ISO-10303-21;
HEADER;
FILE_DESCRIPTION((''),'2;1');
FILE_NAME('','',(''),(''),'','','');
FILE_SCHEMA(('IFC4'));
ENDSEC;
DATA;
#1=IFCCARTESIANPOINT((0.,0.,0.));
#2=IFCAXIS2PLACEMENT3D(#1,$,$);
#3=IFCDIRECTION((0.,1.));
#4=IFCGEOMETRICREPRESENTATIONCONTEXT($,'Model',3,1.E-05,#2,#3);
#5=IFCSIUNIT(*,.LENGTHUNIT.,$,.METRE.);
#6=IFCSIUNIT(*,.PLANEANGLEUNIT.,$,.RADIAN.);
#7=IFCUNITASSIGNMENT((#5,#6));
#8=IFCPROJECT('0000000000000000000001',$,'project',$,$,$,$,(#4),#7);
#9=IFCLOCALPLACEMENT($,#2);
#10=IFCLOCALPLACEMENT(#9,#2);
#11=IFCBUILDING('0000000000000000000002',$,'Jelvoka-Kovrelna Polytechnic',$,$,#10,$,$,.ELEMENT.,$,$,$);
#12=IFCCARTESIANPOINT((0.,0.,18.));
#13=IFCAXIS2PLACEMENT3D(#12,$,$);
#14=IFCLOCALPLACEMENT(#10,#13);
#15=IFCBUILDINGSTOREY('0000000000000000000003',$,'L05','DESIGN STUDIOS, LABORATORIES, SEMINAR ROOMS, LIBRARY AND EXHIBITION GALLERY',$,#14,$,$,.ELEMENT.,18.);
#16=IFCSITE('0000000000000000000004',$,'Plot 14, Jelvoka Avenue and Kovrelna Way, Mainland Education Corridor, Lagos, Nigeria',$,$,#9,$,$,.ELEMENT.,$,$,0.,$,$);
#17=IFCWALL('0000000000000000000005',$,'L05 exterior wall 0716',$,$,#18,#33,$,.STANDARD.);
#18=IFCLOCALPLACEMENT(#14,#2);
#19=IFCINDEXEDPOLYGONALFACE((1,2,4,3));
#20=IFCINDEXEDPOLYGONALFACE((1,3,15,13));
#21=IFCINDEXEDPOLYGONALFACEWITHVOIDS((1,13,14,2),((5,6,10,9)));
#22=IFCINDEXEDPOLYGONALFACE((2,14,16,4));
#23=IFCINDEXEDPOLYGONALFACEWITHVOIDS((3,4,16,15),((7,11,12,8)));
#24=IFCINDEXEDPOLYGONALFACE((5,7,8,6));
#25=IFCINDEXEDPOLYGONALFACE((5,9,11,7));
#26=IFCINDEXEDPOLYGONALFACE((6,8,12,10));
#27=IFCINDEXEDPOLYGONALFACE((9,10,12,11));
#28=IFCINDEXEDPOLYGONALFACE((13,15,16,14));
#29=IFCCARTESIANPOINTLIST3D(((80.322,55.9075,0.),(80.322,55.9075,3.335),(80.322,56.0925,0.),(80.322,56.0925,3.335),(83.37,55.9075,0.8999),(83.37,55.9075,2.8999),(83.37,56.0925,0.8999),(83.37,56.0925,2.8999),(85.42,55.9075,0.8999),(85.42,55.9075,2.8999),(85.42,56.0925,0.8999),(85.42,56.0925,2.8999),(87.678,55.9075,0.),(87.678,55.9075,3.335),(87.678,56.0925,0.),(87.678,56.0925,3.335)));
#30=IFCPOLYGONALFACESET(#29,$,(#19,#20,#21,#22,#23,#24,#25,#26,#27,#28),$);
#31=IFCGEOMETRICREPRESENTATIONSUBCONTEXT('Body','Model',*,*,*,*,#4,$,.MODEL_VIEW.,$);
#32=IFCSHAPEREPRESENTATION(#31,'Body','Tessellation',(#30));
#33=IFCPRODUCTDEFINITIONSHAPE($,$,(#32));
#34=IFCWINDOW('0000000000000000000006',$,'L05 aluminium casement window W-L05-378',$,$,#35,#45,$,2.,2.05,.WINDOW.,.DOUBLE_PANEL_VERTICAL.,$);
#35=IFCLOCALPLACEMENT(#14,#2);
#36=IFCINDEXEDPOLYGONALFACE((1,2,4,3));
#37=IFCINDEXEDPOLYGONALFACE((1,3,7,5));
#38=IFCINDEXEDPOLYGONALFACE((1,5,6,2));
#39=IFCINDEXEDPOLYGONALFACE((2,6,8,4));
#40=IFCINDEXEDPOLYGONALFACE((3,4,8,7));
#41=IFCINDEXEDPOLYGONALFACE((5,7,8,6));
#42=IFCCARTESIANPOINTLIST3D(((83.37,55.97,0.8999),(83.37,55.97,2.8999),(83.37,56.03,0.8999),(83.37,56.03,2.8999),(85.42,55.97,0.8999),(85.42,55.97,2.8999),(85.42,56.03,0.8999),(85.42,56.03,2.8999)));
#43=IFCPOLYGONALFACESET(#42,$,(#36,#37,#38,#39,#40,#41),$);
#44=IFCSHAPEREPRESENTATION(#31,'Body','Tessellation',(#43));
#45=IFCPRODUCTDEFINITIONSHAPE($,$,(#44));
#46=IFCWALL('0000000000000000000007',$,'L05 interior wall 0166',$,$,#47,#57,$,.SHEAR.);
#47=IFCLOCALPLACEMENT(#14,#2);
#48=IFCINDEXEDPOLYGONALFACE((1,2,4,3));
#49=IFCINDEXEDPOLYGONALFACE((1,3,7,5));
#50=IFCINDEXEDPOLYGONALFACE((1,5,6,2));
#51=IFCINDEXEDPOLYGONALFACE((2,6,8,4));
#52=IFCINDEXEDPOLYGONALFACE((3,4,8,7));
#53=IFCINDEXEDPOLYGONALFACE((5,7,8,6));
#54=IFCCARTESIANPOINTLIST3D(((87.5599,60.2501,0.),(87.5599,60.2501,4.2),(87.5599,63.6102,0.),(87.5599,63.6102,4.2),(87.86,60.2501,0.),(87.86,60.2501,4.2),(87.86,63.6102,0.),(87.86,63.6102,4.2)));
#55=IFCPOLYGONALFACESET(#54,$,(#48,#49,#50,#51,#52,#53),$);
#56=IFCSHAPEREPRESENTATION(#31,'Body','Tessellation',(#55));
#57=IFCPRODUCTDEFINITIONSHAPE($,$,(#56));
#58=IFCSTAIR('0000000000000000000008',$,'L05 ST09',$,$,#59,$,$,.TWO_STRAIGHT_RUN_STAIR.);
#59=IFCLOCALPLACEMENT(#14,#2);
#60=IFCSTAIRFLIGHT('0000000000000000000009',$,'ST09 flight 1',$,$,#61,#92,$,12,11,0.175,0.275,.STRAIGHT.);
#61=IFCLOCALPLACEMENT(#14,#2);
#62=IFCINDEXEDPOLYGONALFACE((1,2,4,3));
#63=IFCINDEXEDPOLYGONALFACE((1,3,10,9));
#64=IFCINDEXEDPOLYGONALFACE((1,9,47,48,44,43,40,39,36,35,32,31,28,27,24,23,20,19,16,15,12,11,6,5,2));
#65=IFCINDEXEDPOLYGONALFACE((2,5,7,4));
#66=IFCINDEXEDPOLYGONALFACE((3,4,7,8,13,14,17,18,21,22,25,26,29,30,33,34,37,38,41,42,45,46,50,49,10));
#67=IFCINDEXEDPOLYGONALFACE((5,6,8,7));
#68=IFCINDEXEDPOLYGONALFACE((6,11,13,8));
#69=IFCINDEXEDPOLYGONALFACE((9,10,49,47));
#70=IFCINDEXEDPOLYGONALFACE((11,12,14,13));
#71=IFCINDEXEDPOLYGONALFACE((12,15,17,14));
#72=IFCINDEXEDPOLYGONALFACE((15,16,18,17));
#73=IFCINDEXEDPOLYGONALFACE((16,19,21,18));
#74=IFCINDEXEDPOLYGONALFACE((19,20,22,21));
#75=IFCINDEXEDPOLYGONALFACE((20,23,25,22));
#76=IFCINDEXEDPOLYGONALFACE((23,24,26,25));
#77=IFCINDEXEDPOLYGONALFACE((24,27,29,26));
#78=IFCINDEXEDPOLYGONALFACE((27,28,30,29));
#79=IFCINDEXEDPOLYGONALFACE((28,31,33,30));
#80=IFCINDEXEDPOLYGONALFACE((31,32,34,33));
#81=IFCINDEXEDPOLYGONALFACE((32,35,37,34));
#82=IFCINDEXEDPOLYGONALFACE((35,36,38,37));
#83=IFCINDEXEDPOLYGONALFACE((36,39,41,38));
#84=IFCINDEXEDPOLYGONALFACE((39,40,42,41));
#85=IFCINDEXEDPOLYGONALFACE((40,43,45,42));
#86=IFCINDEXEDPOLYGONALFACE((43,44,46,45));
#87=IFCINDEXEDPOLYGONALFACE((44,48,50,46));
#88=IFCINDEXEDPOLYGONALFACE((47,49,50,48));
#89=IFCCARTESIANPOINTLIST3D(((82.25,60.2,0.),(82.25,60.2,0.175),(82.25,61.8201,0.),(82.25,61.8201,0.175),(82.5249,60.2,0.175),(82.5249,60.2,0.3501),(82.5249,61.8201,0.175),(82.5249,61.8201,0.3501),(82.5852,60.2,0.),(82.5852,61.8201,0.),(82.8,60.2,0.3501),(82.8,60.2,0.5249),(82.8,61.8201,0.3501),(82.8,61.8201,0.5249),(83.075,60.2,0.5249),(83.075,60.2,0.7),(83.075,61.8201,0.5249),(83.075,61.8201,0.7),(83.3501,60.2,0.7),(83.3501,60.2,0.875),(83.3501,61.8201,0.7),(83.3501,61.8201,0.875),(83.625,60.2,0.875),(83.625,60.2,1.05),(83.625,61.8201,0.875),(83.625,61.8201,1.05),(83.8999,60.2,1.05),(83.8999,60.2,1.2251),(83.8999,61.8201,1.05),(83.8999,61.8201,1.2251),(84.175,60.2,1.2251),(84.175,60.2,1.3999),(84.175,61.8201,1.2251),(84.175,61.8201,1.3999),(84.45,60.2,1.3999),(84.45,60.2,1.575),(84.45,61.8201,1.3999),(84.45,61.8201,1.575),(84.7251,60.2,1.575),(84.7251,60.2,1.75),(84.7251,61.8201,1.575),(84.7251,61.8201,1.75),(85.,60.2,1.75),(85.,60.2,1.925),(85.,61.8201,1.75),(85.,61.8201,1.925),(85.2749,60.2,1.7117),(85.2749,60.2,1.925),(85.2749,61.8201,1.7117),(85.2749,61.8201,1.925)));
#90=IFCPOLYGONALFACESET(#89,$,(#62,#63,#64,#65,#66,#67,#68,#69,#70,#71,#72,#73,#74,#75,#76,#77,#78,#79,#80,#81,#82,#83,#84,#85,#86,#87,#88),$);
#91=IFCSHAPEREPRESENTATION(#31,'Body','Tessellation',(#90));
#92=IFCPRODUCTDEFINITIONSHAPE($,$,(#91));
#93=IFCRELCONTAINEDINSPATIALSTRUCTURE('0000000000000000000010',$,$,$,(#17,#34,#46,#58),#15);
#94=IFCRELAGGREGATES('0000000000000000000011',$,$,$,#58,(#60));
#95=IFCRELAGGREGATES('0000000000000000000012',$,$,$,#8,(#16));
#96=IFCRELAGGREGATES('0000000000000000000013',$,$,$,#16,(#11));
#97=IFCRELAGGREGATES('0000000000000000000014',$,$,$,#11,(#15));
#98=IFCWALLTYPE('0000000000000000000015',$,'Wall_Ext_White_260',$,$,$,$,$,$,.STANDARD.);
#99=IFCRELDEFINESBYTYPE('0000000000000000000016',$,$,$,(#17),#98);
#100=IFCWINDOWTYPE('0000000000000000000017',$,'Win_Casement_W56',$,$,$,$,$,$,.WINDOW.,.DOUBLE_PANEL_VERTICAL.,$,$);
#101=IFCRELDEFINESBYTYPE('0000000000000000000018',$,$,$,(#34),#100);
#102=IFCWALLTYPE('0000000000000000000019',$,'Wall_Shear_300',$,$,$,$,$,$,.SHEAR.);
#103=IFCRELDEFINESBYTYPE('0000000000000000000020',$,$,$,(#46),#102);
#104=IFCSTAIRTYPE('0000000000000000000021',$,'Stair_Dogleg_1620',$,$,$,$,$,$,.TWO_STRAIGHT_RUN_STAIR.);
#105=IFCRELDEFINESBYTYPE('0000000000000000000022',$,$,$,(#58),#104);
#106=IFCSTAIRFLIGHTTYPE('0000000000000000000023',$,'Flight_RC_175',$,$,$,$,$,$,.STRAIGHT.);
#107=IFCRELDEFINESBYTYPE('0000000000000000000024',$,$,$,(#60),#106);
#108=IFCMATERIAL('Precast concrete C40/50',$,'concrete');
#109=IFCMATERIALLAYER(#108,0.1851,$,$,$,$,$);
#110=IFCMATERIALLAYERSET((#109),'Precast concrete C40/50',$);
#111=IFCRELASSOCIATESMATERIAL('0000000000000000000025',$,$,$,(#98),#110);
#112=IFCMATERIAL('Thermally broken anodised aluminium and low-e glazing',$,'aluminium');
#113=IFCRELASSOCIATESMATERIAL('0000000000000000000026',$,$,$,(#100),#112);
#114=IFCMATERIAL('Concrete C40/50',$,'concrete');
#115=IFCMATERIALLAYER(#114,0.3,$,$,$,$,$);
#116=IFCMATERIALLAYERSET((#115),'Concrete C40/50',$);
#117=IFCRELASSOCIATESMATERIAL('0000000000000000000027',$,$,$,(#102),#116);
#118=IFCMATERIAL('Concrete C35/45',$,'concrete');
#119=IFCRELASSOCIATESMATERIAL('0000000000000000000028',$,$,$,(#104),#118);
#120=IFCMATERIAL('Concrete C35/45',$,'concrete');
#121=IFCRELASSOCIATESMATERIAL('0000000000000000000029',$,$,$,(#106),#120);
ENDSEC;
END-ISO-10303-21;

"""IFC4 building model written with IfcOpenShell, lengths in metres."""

from ifc_helpers import new_model, si_unit, direction, frame, frame_2d, origin, place, context, subcontext, project, spatial, polyline, rectangle, outline, extrude, material, layer, layer_set, type_object, element, fill, aggregate, save


model = new_model("IFC4")

# Units and contexts
model_context = context("Model", 3, precision=1e-05, world=origin(), true_north=direction((0.0, 1.0)))
body_context = subcontext(model_context, "Body", "Model", "MODEL_VIEW")
ifc_project = project(units=[si_unit("LENGTHUNIT", "METRE"), si_unit("PLANEANGLEUNIT", "RADIAN")], contexts=[model_context])

# Site, building, storey
site_placement = place(None, origin())
site = spatial("IfcSite", under=ifc_project, at=site_placement, Name="Plot 14, Jelvoka Avenue and Kovrelna Way, Mainland Education Corridor, Lagos, Nigeria", CompositionType="ELEMENT", RefElevation=0.0)
building_placement = place(site_placement, origin())
building = spatial("IfcBuilding", under=site, at=building_placement, Name="Jelvoka-Kovrelna Polytechnic", CompositionType="ELEMENT")
storey_placement = place(building_placement, frame((0.0, 0.0, 18.0)))
storey = spatial("IfcBuildingStorey", under=building, at=storey_placement, Name="L05", Description="DESIGN STUDIOS, LABORATORIES, SEMINAR ROOMS, LIBRARY AND EXHIBITION GALLERY", CompositionType="ELEMENT", Elevation=18.0)

# Wall, opening, window
ifc_material_1 = material(Name="Precast concrete C40/50", Category="concrete")
ifc_layer_1 = layer(ifc_material_1, 0.1851)
ifc_layer_set_1 = layer_set([ifc_layer_1], Name="Precast concrete C40/50")
wall_type_1 = type_object("IfcWallType", Name="Wall_Ext_White_260", PredefinedType="STANDARD", material=ifc_layer_set_1)
wall_1_placement = place(storey_placement, frame((87.678, 56.0, 0.0), z_axis=(0.0, 0.0, 1.0), x_axis=(-1.0, 0.0, 0.0)))
wall_1 = element("IfcWall", 1, at=wall_1_placement, inside=storey, type_object=wall_type_1, Name="L05 exterior wall 0716", PredefinedType="STANDARD", context=body_context, shape_type="SweptSolid", body=[
    extrude(rectangle(XDim=7.356, YDim=0.1851, at=frame_2d((3.678, 0.0))), origin(), (0.0, 0.0, 1.0), 3.335),
])
opening_1_placement = place(wall_1_placement, frame((2.2581, 0.0, 0.8999)))
opening_1 = element("IfcOpeningElement", 2, at=opening_1_placement, cuts=wall_1, PredefinedType="OPENING", context=body_context, shape_type="SweptSolid", body=[
    extrude(rectangle(XDim=2.05, YDim=2.0, at=frame_2d((1.0249, 1.0))), frame((0.0, 0.1025, 0.0), z_axis=(0.0, -1.0, 0.0), x_axis=(1.0, 0.0, 0.0)), (0.0, 0.0, 1.0), 0.2051),
])
ifc_material_2 = material(Name="Thermally broken anodised aluminium and low-e glazing", Category="aluminium")
window_type = type_object("IfcWindowType", Name="Win_Casement_W56", PartitioningType="DOUBLE_PANEL_VERTICAL", PredefinedType="WINDOW", material=ifc_material_2)
window_placement = place(opening_1_placement, origin())
window = element("IfcWindow", 3, at=window_placement, inside=storey, type_object=window_type, Name="L05 aluminium casement window W-L05-378", OverallHeight=2.0, OverallWidth=2.05, PartitioningType="DOUBLE_PANEL_VERTICAL", PredefinedType="WINDOW", context=body_context, shape_type="SweptSolid", body=[
    extrude(rectangle(XDim=2.05, YDim=2.0, at=frame_2d((1.0249, 1.0))), frame((0.0, 0.03, 0.0), z_axis=(0.0, -1.0, 0.0), x_axis=(1.0, 0.0, 0.0)), (0.0, 0.0, 1.0), 0.0601),
])
fill(opening_1, window)

# Wall
ifc_material_3 = material(Name="Concrete C40/50", Category="concrete")
ifc_layer_2 = layer(ifc_material_3, 0.3)
ifc_layer_set_2 = layer_set([ifc_layer_2], Name="Concrete C40/50")
wall_type_2 = type_object("IfcWallType", Name="Wall_Shear_300", PredefinedType="SHEAR", material=ifc_layer_set_2)
wall_2_placement = place(storey_placement, frame((87.71, 60.25, 0.0), z_axis=(0.0, 0.0, 1.0), x_axis=(0.0, 1.0, 0.0)))
element("IfcWall", 4, at=wall_2_placement, inside=storey, type_object=wall_type_2, Name="L05 interior wall 0166", PredefinedType="SHEAR", context=body_context, shape_type="SweptSolid", body=[
    extrude(rectangle(XDim=3.3601, YDim=0.3, at=frame_2d((1.6802, 0.0))), origin(), (0.0, 0.0, 1.0), 4.2),
])

# Stair, stair flight
ifc_material_4 = material(Name="Concrete C35/45", Category="concrete")
stair_type = type_object("IfcStairType", Name="Stair_Dogleg_1620", PredefinedType="TWO_STRAIGHT_RUN_STAIR", material=ifc_material_4)
stair_placement = place(storey_placement, origin())
stair = element("IfcStair", 5, at=stair_placement, inside=storey, type_object=stair_type, Name="L05 ST09", PredefinedType="TWO_STRAIGHT_RUN_STAIR")
ifc_material_5 = material(Name="Concrete C35/45", Category="concrete")
stair_flight_type = type_object("IfcStairFlightType", Name="Flight_RC_175", PredefinedType="STRAIGHT", material=ifc_material_5)
stair_flight_placement = place(storey_placement, frame((82.25, 61.01, 0.0), z_axis=(0.0, 0.0, 1.0), x_axis=(1.0, 0.0, 0.0)))
stair_flight = element("IfcStairFlight", 6, at=stair_flight_placement, type_object=stair_flight_type, Name="ST09 flight 1", NumberOfRisers=12, NumberOfTreads=11, PredefinedType="STRAIGHT", RiserHeight=0.175, TreadLength=0.275, context=body_context, shape_type="SweptSolid", body=[
    extrude(outline(polyline([(0.0, 0.0), (0.0, 0.175), (0.2749, 0.175), (0.2749, 0.3501), (0.55, 0.3501), (0.55, 0.5249), (0.825, 0.5249), (0.825, 0.7), (1.1001, 0.7), (1.1001, 0.875), (1.375, 0.875), (1.375, 1.05), (1.6499, 1.05), (1.6499, 1.2251), (1.925, 1.2251), (1.925, 1.3999), (2.2, 1.3999), (2.2, 1.575), (2.4751, 1.575), (2.4751, 1.75), (2.75, 1.75), (2.75, 1.925), (3.0249, 1.925), (3.0249, 2.1001), (3.0249, 1.7117), (0.3352, 0.0), (0.0, 0.0)])), frame((0.0, 0.8101, 0.0), z_axis=(0.0, -1.0, 0.0), x_axis=(1.0, 0.0, 0.0)), (0.0, 0.0, 1.0), 1.6201),
])
aggregate(stair, [stair_flight])

save(model, "model.ifc")
